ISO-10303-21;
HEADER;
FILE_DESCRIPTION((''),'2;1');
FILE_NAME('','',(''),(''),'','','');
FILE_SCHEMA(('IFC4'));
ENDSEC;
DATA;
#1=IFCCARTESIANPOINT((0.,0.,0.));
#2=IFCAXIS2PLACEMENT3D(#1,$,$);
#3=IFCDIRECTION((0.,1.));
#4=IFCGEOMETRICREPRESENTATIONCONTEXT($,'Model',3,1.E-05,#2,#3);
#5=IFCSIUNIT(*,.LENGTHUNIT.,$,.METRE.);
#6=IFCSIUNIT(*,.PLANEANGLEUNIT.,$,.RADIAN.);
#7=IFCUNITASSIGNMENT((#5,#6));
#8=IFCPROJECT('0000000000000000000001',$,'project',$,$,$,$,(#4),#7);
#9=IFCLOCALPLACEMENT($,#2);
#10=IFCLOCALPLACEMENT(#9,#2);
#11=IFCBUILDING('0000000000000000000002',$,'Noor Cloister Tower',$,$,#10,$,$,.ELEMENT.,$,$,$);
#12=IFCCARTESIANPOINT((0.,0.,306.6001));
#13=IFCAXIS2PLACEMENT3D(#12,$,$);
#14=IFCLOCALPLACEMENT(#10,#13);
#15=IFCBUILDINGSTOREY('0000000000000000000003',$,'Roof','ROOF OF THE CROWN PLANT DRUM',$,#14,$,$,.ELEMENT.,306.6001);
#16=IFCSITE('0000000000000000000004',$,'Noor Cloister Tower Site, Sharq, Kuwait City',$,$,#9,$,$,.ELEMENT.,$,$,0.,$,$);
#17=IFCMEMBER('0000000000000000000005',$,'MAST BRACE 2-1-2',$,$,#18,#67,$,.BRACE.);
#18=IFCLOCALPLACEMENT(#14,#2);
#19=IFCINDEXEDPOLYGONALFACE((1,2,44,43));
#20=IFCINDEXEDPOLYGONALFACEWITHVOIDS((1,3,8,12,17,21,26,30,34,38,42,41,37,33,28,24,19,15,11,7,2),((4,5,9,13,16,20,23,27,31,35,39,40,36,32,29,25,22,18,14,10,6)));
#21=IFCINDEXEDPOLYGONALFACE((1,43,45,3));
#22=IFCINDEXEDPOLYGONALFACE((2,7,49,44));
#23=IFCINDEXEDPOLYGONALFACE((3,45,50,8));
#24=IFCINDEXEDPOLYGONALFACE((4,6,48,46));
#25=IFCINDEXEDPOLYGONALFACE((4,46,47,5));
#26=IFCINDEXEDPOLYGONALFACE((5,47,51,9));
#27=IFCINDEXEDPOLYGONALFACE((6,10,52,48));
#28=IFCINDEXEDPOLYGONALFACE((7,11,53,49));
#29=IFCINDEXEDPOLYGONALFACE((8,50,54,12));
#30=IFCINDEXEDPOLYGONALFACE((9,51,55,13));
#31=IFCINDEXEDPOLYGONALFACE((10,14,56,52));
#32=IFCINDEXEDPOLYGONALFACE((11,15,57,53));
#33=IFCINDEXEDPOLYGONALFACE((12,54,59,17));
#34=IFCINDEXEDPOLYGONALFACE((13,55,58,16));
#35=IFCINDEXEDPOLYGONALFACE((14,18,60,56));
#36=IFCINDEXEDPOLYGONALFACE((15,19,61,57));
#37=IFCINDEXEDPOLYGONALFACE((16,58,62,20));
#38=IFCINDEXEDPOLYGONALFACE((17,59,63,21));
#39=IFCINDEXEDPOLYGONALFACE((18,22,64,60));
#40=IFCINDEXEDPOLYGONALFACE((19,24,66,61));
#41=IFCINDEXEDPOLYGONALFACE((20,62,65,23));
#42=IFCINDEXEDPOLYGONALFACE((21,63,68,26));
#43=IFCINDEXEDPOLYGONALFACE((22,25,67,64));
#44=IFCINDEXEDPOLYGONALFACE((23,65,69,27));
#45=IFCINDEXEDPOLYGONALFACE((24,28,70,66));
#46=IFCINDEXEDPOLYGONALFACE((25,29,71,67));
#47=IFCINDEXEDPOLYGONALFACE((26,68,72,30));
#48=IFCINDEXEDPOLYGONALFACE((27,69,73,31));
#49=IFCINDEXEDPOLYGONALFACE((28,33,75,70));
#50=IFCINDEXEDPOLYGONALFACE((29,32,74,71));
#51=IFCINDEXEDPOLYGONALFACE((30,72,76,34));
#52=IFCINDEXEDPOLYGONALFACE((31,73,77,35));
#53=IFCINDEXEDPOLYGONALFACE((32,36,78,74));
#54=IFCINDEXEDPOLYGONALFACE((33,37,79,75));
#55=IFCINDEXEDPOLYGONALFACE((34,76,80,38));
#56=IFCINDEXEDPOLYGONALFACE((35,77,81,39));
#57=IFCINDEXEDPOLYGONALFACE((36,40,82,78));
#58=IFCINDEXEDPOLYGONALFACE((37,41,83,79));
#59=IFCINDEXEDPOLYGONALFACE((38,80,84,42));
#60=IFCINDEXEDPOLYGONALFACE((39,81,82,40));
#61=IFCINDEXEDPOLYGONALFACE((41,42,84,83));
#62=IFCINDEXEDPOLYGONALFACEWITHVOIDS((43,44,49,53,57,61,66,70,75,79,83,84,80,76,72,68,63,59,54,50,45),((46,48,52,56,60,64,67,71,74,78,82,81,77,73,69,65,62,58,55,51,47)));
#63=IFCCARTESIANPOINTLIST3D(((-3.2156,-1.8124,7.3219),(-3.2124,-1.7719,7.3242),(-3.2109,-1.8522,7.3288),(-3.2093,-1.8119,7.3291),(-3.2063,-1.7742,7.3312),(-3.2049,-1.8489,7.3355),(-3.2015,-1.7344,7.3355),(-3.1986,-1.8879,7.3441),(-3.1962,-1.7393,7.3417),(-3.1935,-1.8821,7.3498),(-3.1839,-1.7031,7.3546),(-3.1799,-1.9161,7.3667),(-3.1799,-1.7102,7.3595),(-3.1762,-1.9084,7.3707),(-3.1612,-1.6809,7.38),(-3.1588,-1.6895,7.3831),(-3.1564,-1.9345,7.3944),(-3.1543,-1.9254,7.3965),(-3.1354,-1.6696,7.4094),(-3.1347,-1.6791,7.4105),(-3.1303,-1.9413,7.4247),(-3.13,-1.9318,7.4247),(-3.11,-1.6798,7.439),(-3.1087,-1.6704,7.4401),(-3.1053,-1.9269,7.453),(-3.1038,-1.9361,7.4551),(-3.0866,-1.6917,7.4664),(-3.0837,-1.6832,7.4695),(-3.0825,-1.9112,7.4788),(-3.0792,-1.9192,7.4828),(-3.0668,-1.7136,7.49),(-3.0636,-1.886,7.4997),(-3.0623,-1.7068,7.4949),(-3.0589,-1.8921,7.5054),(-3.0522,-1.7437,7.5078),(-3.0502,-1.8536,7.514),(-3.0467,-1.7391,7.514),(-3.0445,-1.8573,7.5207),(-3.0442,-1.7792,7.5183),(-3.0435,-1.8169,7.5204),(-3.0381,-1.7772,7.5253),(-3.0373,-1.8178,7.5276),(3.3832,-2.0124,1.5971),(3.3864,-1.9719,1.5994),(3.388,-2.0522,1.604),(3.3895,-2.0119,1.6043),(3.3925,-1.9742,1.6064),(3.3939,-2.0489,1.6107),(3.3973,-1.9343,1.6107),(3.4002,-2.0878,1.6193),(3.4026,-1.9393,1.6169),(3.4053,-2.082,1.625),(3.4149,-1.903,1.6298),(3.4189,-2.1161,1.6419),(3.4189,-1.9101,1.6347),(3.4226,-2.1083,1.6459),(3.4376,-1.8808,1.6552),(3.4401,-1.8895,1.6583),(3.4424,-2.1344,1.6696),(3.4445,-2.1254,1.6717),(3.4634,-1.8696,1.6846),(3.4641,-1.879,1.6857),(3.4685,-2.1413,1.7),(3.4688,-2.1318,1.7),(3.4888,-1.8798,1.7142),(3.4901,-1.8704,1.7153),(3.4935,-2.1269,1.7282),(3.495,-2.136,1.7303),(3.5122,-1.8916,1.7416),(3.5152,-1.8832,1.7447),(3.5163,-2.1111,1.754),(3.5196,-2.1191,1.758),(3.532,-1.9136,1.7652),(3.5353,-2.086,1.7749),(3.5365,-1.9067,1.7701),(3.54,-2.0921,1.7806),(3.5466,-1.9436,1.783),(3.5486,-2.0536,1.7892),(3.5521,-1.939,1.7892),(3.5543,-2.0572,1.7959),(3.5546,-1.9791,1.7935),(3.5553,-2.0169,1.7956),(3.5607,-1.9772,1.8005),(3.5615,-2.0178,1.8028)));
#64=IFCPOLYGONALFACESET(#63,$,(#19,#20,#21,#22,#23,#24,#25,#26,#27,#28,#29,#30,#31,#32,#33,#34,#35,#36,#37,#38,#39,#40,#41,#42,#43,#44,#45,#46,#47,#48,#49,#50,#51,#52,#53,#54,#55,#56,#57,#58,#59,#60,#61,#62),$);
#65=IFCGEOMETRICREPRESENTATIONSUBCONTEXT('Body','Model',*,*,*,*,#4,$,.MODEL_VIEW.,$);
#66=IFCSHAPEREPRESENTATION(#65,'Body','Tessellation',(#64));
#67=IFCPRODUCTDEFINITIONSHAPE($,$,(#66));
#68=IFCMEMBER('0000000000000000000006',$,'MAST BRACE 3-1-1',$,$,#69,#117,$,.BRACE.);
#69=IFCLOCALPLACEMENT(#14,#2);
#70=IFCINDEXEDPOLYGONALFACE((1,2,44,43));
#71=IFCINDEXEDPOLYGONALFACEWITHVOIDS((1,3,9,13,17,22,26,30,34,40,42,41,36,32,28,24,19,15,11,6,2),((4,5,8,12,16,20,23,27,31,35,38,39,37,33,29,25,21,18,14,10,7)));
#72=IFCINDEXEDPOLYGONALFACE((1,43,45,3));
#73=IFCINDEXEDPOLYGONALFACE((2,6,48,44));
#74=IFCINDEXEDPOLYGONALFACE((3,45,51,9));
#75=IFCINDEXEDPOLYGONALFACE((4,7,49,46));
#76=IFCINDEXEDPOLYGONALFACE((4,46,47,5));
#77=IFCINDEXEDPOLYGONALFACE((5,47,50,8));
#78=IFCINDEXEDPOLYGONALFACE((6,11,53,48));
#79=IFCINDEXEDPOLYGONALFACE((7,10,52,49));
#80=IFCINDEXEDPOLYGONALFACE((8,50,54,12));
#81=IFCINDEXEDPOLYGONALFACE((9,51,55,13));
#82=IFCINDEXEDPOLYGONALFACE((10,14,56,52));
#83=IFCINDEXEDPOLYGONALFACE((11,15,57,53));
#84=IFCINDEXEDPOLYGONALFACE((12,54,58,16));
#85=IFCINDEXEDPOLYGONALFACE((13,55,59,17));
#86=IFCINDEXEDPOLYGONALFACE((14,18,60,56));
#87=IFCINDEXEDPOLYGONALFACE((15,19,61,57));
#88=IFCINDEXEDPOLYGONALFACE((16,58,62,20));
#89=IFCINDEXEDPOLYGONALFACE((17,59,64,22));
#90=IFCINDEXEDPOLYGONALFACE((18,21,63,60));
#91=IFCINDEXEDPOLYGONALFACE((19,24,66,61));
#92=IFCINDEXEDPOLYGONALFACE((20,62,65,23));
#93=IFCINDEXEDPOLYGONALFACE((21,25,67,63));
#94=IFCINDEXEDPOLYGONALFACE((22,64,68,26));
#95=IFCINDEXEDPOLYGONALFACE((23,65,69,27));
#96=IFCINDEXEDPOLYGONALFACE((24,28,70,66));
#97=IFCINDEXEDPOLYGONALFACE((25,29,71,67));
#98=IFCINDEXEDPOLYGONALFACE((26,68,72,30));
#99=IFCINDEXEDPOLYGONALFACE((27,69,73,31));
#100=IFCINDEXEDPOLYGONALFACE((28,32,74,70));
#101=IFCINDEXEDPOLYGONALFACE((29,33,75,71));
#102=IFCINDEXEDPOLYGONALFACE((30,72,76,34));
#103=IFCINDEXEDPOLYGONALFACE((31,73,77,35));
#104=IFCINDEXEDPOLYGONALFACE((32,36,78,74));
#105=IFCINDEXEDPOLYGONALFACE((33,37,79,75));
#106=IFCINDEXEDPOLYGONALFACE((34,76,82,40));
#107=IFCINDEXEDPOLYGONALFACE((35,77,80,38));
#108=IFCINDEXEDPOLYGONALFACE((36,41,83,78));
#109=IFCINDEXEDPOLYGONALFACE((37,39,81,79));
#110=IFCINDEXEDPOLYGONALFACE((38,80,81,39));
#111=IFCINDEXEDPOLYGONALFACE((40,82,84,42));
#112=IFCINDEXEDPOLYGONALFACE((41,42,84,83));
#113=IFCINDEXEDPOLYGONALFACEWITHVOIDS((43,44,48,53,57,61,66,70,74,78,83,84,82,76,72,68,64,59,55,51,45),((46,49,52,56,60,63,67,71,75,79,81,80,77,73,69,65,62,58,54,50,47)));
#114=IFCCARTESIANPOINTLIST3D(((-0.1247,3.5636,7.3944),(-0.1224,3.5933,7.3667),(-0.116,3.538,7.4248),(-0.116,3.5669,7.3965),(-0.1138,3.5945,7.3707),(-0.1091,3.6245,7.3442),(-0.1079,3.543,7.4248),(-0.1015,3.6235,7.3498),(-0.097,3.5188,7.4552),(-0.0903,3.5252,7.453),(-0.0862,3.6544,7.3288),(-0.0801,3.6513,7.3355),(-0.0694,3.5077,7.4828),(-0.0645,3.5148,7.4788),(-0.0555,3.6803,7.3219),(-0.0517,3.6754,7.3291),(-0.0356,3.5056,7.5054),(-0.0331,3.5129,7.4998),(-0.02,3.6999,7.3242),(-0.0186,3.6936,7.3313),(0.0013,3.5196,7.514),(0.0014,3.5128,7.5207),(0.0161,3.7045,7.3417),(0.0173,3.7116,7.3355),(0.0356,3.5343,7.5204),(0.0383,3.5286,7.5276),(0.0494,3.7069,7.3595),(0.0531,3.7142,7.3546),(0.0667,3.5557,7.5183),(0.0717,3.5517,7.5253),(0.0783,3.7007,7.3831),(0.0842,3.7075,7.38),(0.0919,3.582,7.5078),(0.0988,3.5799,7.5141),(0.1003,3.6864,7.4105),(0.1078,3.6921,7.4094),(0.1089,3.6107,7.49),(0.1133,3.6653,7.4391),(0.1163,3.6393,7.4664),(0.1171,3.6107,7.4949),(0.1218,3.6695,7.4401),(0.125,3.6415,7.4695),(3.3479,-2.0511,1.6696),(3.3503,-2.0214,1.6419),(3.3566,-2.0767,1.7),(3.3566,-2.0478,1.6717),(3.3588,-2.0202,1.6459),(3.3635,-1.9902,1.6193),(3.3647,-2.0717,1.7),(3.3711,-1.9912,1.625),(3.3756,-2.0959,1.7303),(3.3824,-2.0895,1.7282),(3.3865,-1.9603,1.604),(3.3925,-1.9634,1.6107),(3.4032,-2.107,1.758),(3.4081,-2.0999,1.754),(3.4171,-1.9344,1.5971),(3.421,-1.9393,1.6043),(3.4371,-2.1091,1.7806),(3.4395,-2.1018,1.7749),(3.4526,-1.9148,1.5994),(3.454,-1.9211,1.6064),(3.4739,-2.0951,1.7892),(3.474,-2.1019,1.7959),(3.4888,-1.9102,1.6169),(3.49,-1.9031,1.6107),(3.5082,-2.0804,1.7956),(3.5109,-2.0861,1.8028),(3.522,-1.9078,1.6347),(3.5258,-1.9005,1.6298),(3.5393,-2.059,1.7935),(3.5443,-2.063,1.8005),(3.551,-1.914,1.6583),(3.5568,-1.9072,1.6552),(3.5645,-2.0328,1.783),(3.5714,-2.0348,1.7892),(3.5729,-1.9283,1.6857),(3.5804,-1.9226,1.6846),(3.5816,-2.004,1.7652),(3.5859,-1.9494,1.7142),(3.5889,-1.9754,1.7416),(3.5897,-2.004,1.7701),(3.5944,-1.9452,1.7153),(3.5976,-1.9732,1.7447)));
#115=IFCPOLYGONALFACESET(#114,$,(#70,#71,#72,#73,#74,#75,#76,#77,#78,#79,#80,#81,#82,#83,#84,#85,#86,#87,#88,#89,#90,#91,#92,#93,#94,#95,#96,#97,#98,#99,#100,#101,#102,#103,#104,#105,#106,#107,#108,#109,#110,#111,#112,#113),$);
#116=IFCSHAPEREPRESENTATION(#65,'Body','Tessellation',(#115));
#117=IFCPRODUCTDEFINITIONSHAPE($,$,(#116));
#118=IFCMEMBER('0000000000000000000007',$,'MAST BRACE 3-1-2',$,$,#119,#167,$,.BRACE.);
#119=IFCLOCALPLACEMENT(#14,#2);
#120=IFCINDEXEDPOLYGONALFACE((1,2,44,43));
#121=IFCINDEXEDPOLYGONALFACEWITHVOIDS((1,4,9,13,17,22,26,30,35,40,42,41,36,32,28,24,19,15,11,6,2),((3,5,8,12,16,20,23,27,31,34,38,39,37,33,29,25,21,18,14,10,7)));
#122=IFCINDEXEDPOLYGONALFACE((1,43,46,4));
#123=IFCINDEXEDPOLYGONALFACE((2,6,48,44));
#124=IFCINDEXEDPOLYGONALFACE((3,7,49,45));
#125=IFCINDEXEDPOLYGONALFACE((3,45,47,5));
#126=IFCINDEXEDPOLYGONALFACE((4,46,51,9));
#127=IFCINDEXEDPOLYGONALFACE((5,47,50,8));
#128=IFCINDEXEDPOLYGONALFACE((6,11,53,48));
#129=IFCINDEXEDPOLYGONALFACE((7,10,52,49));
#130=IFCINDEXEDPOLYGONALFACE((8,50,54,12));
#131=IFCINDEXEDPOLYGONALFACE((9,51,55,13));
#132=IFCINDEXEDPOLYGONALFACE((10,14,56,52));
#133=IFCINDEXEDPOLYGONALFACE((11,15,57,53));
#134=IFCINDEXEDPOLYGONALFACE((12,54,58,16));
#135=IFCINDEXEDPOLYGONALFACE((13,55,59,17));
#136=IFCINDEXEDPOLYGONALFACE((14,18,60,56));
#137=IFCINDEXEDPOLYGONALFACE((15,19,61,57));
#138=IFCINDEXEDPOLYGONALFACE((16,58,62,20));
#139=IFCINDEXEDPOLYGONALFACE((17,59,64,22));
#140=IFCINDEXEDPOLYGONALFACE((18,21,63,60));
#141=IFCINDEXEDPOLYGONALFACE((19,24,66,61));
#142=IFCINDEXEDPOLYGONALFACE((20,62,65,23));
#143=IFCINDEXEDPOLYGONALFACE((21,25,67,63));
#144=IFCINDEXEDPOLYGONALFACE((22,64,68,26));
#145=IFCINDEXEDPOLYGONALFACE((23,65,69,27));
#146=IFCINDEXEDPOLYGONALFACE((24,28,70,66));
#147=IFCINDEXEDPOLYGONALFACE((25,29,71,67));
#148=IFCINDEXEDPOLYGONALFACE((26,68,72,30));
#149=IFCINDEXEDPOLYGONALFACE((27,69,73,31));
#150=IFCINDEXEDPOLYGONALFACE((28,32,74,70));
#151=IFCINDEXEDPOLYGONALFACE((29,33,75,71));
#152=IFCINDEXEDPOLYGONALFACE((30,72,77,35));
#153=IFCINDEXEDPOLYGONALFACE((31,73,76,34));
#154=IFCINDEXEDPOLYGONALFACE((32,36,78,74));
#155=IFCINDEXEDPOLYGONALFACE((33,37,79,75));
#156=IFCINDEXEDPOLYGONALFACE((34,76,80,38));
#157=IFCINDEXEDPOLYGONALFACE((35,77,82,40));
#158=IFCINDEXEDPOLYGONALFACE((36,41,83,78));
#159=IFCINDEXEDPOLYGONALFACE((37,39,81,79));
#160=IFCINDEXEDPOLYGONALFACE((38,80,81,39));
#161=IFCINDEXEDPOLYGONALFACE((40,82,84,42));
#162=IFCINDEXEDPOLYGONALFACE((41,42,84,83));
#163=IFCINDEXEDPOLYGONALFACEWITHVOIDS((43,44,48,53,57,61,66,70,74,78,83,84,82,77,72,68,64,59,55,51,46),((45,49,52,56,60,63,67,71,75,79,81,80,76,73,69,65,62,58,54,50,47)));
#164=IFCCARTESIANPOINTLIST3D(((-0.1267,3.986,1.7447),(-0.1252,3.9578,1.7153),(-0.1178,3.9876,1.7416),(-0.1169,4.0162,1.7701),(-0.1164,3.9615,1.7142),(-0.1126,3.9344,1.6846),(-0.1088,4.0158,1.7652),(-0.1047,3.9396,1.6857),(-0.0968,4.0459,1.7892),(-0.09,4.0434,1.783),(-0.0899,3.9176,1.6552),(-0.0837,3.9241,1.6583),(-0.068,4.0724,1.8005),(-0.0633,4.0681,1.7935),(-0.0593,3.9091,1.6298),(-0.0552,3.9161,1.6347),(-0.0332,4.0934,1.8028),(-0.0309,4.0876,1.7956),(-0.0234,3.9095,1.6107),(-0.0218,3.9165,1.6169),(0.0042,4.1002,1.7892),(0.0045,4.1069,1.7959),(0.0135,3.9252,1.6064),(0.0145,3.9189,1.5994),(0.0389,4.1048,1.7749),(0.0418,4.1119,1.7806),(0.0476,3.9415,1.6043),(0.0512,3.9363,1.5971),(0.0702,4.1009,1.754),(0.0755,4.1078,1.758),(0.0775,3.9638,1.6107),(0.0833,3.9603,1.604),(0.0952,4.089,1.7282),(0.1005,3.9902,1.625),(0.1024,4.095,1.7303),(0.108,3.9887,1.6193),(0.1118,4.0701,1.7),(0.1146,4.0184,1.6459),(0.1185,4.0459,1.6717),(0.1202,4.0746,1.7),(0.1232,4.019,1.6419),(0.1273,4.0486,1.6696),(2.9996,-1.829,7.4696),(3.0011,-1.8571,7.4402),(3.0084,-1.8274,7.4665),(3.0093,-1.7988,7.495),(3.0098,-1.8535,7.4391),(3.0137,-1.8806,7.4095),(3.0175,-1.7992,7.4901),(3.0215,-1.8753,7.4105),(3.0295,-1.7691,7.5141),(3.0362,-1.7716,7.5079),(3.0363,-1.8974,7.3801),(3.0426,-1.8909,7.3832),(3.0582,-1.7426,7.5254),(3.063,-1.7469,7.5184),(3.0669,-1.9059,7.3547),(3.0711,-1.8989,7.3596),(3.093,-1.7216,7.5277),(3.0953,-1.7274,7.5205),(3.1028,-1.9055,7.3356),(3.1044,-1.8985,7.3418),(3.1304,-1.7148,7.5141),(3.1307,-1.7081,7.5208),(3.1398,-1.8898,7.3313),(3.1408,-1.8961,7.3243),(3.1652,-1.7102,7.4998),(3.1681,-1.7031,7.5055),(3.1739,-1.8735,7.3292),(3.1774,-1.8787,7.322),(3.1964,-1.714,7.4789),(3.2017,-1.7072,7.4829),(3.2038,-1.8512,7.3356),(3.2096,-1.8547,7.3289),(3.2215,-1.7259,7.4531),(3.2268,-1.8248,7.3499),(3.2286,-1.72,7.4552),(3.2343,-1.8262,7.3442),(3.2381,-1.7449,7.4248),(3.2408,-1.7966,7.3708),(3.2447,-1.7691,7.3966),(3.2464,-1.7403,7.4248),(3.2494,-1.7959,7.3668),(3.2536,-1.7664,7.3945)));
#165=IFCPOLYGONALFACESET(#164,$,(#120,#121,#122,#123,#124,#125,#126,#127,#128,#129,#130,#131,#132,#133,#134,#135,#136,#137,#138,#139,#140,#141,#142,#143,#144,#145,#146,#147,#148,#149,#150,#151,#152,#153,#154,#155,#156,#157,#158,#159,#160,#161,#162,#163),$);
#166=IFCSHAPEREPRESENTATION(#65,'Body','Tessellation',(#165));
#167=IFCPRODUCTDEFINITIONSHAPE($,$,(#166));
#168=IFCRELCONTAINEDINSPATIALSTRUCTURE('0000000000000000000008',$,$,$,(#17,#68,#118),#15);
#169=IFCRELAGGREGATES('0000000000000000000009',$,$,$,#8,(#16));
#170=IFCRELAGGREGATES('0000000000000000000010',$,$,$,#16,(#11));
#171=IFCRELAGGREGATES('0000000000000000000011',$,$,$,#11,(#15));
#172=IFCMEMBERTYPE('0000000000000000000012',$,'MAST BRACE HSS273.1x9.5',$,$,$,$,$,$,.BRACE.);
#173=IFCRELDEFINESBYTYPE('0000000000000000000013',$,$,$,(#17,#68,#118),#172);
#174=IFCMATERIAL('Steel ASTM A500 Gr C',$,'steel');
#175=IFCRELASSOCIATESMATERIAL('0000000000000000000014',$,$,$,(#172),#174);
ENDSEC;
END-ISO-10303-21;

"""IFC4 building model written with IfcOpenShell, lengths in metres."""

from ifc_helpers import new_model, si_unit, direction, frame, origin, origin_2d, place, context, subcontext, project, spatial, hollow_circle, extrude, material, material_profile, profile_set, type_object, element, save


model = new_model("IFC4")

# Units and contexts
model_context = context("Model", 3, precision=1e-05, world=origin(), true_north=direction((0.0, 1.0)))
body_context = subcontext(model_context, "Body", "Model", "MODEL_VIEW")
ifc_project = project(units=[si_unit("LENGTHUNIT", "METRE"), si_unit("PLANEANGLEUNIT", "RADIAN")], contexts=[model_context])

# Site, building, storey
site_placement = place(None, origin())
site = spatial("IfcSite", under=ifc_project, at=site_placement, Name="Noor Cloister Tower Site, Sharq, Kuwait City", CompositionType="ELEMENT", RefElevation=0.0)
building_placement = place(site_placement, origin())
building = spatial("IfcBuilding", under=site, at=building_placement, Name="Noor Cloister Tower", CompositionType="ELEMENT")
storey_placement = place(building_placement, frame((0.0, 0.0, 306.6001)))
storey = spatial("IfcBuildingStorey", under=building, at=storey_placement, Name="Roof", Description="ROOF OF THE CROWN PLANT DRUM", CompositionType="ELEMENT", Elevation=306.6001)

# Members
ifc_material_1 = material(Name="Steel ASTM A500 Gr C", Category="steel")
ifc_material_profile_1 = material_profile(ifc_material_1, hollow_circle(Radius=0.1365, WallThickness=0.0095, at=origin_2d()), Name="HSS273.1x9.5")
ifc_profile_set_1 = profile_set([ifc_material_profile_1], Name="Steel ASTM A500 Gr C")
member_type_1 = type_object("IfcMemberType", Name="MAST BRACE HSS273.1x9.5", PredefinedType="BRACE", material=ifc_profile_set_1)
for number, where, z_axis, x_axis, name in (
    (1, (3.4727, -2.0049, 1.7), (-0.755161, 0.022882, 0.65514), (-0.030287, -0.999541, 0.0), "MAST BRACE 2-1-2"),
    (2, (3.4727, -2.0049, 1.7), (-0.397404, 0.642541, 0.655142), (-0.850478, -0.526011, 0.0), "MAST BRACE 3-1-1"),
):
    element("IfcMember", number, at=place(storey_placement, frame(where, z_axis=z_axis, x_axis=x_axis)), inside=storey, type_object=member_type_1, Name=name, PredefinedType="BRACE", context=body_context, shape_type="SweptSolid", body=[
        extrude(hollow_circle(Radius=0.1365, WallThickness=0.0095, at=origin_2d()), origin(), (0.0, 0.0, 1.0), 8.7383),
    ])
member_1_placement = place(storey_placement, frame((0.0, 4.01, 1.7), z_axis=(0.357754, -0.665442, 0.655133), x_axis=(0.880781, 0.473524, 0.0)))
element("IfcMember", 3, at=member_1_placement, inside=storey, type_object=member_type_1, Name="MAST BRACE 3-1-2", PredefinedType="BRACE", context=body_context, shape_type="SweptSolid", body=[
    extrude(hollow_circle(Radius=0.1365, WallThickness=0.0095, at=origin_2d()), origin(), (0.0, 0.0, 1.0), 8.7385),
])

save(model, "model.ifc")
